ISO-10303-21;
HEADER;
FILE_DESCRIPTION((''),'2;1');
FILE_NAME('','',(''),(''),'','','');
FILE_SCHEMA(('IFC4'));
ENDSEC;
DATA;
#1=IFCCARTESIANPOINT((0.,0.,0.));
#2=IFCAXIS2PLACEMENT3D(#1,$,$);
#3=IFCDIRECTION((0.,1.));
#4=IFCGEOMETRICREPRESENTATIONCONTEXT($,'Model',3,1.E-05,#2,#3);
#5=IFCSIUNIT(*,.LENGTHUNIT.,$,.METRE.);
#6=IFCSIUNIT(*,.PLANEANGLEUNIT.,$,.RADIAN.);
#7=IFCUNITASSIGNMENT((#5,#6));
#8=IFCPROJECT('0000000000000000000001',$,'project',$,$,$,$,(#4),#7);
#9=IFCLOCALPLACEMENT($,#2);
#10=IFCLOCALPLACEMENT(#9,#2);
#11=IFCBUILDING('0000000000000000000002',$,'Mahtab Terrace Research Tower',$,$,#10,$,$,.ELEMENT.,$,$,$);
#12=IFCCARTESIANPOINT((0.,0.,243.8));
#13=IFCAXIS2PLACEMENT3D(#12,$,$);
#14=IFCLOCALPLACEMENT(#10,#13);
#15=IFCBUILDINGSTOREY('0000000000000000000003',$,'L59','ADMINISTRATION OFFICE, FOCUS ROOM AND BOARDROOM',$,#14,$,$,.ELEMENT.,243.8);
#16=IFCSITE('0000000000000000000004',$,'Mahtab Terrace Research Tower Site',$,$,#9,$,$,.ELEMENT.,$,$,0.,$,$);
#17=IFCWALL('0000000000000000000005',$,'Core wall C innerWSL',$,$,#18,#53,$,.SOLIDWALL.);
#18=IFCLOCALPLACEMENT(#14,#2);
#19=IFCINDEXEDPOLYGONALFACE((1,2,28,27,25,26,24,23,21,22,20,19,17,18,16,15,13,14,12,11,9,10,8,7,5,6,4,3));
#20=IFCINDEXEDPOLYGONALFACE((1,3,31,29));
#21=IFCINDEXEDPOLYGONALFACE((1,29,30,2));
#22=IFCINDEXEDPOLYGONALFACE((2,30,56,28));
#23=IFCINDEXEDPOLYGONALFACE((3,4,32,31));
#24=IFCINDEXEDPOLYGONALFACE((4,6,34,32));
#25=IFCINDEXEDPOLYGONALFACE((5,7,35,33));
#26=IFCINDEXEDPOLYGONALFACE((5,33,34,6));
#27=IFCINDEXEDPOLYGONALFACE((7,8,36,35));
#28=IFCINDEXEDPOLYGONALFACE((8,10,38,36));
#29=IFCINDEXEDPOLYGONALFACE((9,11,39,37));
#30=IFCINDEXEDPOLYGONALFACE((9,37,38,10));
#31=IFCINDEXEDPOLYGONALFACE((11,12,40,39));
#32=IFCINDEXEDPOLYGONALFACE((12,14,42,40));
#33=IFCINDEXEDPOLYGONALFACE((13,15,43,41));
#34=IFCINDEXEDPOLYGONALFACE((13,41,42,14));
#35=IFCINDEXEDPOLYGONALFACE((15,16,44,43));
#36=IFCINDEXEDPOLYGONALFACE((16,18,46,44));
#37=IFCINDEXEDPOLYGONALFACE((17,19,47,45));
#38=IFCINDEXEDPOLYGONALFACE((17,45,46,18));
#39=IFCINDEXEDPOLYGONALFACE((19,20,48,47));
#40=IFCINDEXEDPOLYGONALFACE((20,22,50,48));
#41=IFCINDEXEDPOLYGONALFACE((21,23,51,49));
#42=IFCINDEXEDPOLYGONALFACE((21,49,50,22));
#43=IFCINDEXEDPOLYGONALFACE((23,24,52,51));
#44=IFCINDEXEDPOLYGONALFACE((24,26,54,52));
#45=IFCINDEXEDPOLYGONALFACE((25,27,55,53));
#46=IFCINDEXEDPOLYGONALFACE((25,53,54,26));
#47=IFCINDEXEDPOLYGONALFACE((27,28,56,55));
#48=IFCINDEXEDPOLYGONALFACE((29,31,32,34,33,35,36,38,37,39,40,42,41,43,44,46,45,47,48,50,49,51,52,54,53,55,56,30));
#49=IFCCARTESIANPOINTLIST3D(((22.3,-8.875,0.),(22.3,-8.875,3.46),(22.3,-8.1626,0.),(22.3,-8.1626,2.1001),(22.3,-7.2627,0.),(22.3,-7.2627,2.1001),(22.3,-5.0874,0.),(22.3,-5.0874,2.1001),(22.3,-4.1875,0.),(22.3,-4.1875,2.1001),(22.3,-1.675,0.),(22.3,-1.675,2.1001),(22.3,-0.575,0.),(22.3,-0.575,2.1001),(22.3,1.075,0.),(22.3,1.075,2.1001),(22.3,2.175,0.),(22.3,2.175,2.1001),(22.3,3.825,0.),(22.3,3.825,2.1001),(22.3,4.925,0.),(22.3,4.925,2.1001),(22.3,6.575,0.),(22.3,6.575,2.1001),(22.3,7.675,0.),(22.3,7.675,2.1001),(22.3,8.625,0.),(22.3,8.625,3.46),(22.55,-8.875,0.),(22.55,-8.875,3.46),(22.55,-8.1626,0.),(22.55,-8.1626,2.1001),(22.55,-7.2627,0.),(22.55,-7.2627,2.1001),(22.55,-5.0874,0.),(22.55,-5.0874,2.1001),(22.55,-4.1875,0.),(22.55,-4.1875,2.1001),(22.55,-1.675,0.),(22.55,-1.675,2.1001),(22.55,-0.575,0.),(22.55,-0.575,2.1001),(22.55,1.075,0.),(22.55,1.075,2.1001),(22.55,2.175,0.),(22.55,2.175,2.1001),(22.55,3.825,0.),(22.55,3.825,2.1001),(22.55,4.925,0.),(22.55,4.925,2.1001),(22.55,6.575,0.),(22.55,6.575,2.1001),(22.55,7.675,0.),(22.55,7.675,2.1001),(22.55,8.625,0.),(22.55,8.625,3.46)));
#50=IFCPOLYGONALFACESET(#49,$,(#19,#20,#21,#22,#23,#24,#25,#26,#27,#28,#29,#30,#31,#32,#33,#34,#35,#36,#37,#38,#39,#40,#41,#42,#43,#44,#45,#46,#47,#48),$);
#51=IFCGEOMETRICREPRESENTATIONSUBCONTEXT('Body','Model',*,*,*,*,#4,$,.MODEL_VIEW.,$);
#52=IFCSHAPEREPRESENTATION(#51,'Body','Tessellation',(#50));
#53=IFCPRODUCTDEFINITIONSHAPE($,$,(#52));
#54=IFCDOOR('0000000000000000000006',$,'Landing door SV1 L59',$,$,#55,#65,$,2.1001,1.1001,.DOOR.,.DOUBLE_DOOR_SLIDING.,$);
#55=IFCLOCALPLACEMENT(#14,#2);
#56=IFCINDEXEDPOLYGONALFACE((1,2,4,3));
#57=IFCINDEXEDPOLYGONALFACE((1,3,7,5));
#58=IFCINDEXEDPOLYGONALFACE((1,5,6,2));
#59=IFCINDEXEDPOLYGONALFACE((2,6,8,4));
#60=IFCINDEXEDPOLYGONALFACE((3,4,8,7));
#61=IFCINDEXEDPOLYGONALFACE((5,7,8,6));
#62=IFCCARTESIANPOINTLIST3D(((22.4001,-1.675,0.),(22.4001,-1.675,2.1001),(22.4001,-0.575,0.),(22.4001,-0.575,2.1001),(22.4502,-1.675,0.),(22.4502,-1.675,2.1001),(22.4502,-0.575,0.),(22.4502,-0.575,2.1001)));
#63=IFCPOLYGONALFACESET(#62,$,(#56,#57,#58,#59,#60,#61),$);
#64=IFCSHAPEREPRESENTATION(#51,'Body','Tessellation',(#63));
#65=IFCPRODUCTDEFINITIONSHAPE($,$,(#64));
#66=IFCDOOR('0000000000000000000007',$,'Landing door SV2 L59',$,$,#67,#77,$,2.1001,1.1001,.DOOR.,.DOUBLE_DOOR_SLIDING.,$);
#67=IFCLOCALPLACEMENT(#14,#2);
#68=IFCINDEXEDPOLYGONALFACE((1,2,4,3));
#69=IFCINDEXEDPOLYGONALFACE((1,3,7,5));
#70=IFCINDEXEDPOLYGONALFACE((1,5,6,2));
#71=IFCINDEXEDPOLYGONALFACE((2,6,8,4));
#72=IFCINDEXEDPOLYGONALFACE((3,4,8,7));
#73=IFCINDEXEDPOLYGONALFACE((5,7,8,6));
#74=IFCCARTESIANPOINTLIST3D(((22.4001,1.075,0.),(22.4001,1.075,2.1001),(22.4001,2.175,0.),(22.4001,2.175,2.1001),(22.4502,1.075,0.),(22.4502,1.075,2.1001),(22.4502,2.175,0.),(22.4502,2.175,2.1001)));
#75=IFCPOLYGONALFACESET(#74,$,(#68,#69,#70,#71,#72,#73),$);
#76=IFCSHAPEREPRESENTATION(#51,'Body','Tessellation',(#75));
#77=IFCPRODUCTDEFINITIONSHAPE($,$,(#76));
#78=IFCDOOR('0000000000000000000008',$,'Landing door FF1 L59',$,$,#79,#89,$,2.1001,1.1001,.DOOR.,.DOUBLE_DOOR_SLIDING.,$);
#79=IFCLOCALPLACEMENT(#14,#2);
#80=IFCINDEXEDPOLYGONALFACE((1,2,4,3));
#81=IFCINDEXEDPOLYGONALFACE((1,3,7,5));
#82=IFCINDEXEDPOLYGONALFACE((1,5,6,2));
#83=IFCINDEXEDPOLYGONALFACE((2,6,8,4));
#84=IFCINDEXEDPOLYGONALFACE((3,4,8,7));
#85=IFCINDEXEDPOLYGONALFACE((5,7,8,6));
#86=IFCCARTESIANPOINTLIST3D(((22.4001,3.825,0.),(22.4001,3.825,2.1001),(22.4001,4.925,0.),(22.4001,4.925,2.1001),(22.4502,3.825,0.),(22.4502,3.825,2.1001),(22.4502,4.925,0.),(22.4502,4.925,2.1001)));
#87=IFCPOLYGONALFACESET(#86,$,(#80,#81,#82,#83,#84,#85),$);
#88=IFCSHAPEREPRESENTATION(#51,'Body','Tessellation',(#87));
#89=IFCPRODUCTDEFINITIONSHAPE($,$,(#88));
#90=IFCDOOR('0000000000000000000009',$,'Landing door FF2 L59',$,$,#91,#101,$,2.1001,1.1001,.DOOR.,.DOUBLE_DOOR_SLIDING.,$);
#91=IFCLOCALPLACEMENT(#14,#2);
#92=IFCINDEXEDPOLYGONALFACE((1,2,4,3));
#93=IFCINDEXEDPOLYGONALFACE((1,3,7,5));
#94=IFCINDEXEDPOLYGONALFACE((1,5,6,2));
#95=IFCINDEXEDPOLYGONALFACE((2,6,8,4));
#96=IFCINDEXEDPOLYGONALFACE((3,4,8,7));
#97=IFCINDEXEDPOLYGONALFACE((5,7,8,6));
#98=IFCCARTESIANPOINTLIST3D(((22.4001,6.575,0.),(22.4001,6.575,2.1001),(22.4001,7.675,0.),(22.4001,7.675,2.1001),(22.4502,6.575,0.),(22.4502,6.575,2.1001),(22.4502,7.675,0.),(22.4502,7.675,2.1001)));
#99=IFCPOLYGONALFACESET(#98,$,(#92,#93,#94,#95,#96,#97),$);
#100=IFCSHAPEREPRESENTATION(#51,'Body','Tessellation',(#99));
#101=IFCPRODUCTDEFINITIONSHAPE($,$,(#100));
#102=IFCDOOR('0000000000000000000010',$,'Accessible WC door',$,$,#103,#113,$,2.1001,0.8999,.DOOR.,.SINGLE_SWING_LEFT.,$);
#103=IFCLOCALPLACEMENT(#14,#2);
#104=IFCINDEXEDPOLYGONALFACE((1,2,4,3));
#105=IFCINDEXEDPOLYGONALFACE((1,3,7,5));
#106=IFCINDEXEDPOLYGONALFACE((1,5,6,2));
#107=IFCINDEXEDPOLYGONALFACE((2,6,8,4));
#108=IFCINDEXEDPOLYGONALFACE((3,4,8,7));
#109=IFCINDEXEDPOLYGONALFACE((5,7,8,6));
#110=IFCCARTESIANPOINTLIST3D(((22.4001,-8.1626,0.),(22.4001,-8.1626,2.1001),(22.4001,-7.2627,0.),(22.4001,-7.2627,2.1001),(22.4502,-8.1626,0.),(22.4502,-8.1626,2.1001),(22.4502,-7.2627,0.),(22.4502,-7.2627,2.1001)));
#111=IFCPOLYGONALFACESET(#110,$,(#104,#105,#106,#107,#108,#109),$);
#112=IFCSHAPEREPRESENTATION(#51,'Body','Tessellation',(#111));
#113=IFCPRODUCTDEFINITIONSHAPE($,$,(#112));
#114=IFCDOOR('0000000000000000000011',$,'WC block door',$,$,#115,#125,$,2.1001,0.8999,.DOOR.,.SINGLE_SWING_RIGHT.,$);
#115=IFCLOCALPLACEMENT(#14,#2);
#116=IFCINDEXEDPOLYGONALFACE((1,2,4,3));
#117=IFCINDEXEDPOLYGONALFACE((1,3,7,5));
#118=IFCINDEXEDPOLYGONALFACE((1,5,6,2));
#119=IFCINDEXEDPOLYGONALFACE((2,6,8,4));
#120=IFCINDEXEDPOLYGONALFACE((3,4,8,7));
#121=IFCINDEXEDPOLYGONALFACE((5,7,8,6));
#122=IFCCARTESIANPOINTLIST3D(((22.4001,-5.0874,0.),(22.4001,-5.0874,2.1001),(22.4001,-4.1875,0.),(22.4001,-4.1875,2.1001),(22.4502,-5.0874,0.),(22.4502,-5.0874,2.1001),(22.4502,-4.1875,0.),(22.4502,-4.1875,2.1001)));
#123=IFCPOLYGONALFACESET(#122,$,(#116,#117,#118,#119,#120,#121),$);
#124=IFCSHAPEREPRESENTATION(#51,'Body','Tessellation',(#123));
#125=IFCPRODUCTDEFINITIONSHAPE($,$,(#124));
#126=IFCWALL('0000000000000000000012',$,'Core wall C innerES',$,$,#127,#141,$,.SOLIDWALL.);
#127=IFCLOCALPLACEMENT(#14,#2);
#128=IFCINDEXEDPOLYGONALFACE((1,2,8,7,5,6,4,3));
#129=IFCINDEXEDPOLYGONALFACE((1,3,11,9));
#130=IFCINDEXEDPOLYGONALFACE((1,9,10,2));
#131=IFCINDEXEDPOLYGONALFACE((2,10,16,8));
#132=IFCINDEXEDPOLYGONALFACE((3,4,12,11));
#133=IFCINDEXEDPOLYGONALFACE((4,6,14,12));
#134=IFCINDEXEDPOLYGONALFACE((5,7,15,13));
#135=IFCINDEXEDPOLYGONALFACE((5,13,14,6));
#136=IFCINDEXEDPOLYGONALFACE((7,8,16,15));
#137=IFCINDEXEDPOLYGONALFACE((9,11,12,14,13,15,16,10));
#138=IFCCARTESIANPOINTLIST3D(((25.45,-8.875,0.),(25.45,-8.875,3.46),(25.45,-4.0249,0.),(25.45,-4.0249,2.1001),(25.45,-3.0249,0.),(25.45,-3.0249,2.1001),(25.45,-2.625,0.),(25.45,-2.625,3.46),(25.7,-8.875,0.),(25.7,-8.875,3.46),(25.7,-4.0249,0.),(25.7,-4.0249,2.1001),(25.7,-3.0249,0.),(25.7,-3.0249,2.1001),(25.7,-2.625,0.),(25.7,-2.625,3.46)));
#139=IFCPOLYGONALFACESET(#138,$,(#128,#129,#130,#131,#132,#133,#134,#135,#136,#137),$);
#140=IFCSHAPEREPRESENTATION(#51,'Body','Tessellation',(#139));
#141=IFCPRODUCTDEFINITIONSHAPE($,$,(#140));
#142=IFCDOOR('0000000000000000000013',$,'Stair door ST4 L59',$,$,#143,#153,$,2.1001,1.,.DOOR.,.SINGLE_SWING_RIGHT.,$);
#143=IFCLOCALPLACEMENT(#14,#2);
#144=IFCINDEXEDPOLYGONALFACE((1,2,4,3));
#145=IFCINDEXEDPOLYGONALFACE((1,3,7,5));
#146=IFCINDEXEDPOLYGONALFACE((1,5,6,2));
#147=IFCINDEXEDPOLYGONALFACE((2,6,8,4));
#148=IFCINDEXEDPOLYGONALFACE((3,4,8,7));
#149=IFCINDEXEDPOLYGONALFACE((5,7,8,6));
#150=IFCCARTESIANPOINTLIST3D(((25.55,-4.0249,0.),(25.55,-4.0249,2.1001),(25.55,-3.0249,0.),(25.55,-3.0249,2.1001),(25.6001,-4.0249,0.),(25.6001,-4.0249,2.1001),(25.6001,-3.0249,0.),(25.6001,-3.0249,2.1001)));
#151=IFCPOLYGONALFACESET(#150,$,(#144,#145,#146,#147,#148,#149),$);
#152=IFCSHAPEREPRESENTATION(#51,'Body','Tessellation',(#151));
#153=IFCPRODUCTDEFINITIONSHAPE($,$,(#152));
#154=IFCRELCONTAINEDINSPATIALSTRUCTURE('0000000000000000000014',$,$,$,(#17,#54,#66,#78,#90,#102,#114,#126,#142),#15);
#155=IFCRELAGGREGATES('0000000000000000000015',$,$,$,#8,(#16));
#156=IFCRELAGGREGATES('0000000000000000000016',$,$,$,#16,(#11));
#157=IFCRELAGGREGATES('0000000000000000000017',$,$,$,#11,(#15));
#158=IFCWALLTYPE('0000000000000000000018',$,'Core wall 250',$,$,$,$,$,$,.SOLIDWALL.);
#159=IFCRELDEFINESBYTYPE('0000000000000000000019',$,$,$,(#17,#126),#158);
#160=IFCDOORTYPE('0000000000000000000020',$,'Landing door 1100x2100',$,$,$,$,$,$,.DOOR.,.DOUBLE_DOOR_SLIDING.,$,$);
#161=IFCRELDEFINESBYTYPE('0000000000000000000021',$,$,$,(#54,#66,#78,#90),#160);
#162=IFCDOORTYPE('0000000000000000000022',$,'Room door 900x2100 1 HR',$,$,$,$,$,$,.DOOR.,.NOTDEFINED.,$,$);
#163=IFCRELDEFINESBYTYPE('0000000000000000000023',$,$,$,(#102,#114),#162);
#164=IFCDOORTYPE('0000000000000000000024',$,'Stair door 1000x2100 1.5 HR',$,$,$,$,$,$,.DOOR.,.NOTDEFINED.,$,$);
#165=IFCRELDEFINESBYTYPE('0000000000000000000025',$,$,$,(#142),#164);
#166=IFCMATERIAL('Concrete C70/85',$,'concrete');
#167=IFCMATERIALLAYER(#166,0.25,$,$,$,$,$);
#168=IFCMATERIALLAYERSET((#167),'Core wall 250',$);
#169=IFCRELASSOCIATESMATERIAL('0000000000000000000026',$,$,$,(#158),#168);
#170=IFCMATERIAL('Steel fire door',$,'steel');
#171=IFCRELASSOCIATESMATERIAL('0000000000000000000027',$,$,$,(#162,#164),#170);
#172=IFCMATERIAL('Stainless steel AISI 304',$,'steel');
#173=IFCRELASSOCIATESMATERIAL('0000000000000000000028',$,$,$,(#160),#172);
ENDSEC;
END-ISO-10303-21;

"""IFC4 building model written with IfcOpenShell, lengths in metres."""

from ifc_helpers import new_model, si_unit, direction, frame, frame_2d, origin, place, context, subcontext, project, spatial, rectangle, extrude, material, layer, layer_set, type_object, element, fill, save


model = new_model("IFC4")

# Units and contexts
model_context = context("Model", 3, precision=1e-05, world=origin(), true_north=direction((0.0, 1.0)))
body_context = subcontext(model_context, "Body", "Model", "MODEL_VIEW")
ifc_project = project(units=[si_unit("LENGTHUNIT", "METRE"), si_unit("PLANEANGLEUNIT", "RADIAN")], contexts=[model_context])

# Site, building, storey
site_placement = place(None, origin())
site = spatial("IfcSite", under=ifc_project, at=site_placement, Name="Mahtab Terrace Research Tower Site", CompositionType="ELEMENT", RefElevation=0.0)
building_placement = place(site_placement, origin())
building = spatial("IfcBuilding", under=site, at=building_placement, Name="Mahtab Terrace Research Tower", CompositionType="ELEMENT")
storey_placement = place(building_placement, frame((0.0, 0.0, 243.8)))
storey = spatial("IfcBuildingStorey", under=building, at=storey_placement, Name="L59", Description="ADMINISTRATION OFFICE, FOCUS ROOM AND BOARDROOM", CompositionType="ELEMENT", Elevation=243.8)

# Shared definitions
ifc_material_1 = material(Name="Concrete C70/85", Category="concrete")

# Shared definitions
ifc_layer_1 = layer(ifc_material_1, 0.25)
ifc_layer_set_1 = layer_set([ifc_layer_1], Name="Core wall 250")
wall_type_1 = type_object("IfcWallType", Name="Core wall 250", PredefinedType="SOLIDWALL", material=ifc_layer_set_1)
ifc_material_2 = material(Name="Steel fire door", Category="steel")
door_type_1 = type_object("IfcDoorType", Name="Room door 900x2100 1 HR", OperationType="NOTDEFINED", PredefinedType="DOOR", material=ifc_material_2)

# Wall, openings, doors
wall_1_placement = place(storey_placement, frame((22.425, -8.875, 0.0), z_axis=(0.0, 0.0, 1.0), x_axis=(0.0, 1.0, 0.0)))
wall_1 = element("IfcWall", 1, at=wall_1_placement, inside=storey, type_object=wall_type_1, Name="Core wall C innerWSL", PredefinedType="SOLIDWALL", context=body_context, shape_type="SweptSolid", body=[
    extrude(rectangle(XDim=17.5, YDim=0.25, at=frame_2d((8.75, 0.0))), origin(), (0.0, 0.0, 1.0), 3.46),
])
opening_1_placement = place(wall_1_placement, frame((7.2, 0.0, 0.0)))
opening_1 = element("IfcOpeningElement", 2, at=opening_1_placement, cuts=wall_1, PredefinedType="OPENING", context=body_context, shape_type="SweptSolid", body=[
    extrude(rectangle(XDim=1.1001, YDim=2.1001, at=frame_2d((0.55, 1.05))), frame((0.0, 0.135, 0.0), z_axis=(0.0, -1.0, 0.0), x_axis=(1.0, 0.0, 0.0)), (0.0, 0.0, 1.0), 0.27),
])
opening_2_placement = place(wall_1_placement, frame((9.95, 0.0, 0.0)))
opening_2 = element("IfcOpeningElement", 3, at=opening_2_placement, cuts=wall_1, PredefinedType="OPENING", context=body_context, shape_type="SweptSolid", body=[
    extrude(rectangle(XDim=1.1001, YDim=2.1001, at=frame_2d((0.55, 1.05))), frame((0.0, 0.135, 0.0), z_axis=(0.0, -1.0, 0.0), x_axis=(1.0, 0.0, 0.0)), (0.0, 0.0, 1.0), 0.27),
])
opening_3_placement = place(wall_1_placement, frame((12.7, 0.0, 0.0)))
opening_3 = element("IfcOpeningElement", 4, at=opening_3_placement, cuts=wall_1, PredefinedType="OPENING", context=body_context, shape_type="SweptSolid", body=[
    extrude(rectangle(XDim=1.1001, YDim=2.1001, at=frame_2d((0.55, 1.05))), frame((0.0, 0.135, 0.0), z_axis=(0.0, -1.0, 0.0), x_axis=(1.0, 0.0, 0.0)), (0.0, 0.0, 1.0), 0.27),
])
opening_4_placement = place(wall_1_placement, frame((15.45, 0.0, 0.0)))
opening_4 = element("IfcOpeningElement", 5, at=opening_4_placement, cuts=wall_1, PredefinedType="OPENING", context=body_context, shape_type="SweptSolid", body=[
    extrude(rectangle(XDim=1.1001, YDim=2.1001, at=frame_2d((0.55, 1.05))), frame((0.0, 0.135, 0.0), z_axis=(0.0, -1.0, 0.0), x_axis=(1.0, 0.0, 0.0)), (0.0, 0.0, 1.0), 0.27),
])
opening_5_placement = place(wall_1_placement, frame((0.7124, 0.0, 0.0)))
opening_5 = element("IfcOpeningElement", 6, at=opening_5_placement, cuts=wall_1, PredefinedType="OPENING", context=body_context, shape_type="SweptSolid", body=[
    extrude(rectangle(XDim=0.8999, YDim=2.1001, at=frame_2d((0.45, 1.05))), frame((0.0, 0.135, 0.0), z_axis=(0.0, -1.0, 0.0), x_axis=(1.0, 0.0, 0.0)), (0.0, 0.0, 1.0), 0.27),
])
opening_6_placement = place(wall_1_placement, frame((3.7876, 0.0, 0.0)))
opening_6 = element("IfcOpeningElement", 7, at=opening_6_placement, cuts=wall_1, PredefinedType="OPENING", context=body_context, shape_type="SweptSolid", body=[
    extrude(rectangle(XDim=0.8999, YDim=2.1001, at=frame_2d((0.45, 1.05))), frame((0.0, 0.135, 0.0), z_axis=(0.0, -1.0, 0.0), x_axis=(1.0, 0.0, 0.0)), (0.0, 0.0, 1.0), 0.27),
])
ifc_material_3 = material(Name="Stainless steel AISI 304", Category="steel")
door_type_2 = type_object("IfcDoorType", Name="Landing door 1100x2100", OperationType="DOUBLE_DOOR_SLIDING", PredefinedType="DOOR", material=ifc_material_3)
door_1_placement = place(opening_1_placement, origin())
door_1 = element("IfcDoor", 8, at=door_1_placement, inside=storey, type_object=door_type_2, Name="Landing door SV1 L59", OperationType="DOUBLE_DOOR_SLIDING", OverallHeight=2.1001, OverallWidth=1.1001, PredefinedType="DOOR", context=body_context, shape_type="SweptSolid", body=[
    extrude(rectangle(XDim=1.1001, YDim=2.1001, at=frame_2d((0.55, 1.05))), frame((0.0, 0.0249, 0.0), z_axis=(0.0, -1.0, 0.0), x_axis=(1.0, 0.0, 0.0)), (0.0, 0.0, 1.0), 0.05),
])
fill(opening_1, door_1)
door_2_placement = place(opening_2_placement, origin())
door_2 = element("IfcDoor", 9, at=door_2_placement, inside=storey, type_object=door_type_2, Name="Landing door SV2 L59", OperationType="DOUBLE_DOOR_SLIDING", OverallHeight=2.1001, OverallWidth=1.1001, PredefinedType="DOOR", context=body_context, shape_type="SweptSolid", body=[
    extrude(rectangle(XDim=1.1001, YDim=2.1001, at=frame_2d((0.55, 1.05))), frame((0.0, 0.0249, 0.0), z_axis=(0.0, -1.0, 0.0), x_axis=(1.0, 0.0, 0.0)), (0.0, 0.0, 1.0), 0.05),
])
fill(opening_2, door_2)
door_3_placement = place(opening_3_placement, origin())
door_3 = element("IfcDoor", 10, at=door_3_placement, inside=storey, type_object=door_type_2, Name="Landing door FF1 L59", OperationType="DOUBLE_DOOR_SLIDING", OverallHeight=2.1001, OverallWidth=1.1001, PredefinedType="DOOR", context=body_context, shape_type="SweptSolid", body=[
    extrude(rectangle(XDim=1.1001, YDim=2.1001, at=frame_2d((0.55, 1.05))), frame((0.0, 0.0249, 0.0), z_axis=(0.0, -1.0, 0.0), x_axis=(1.0, 0.0, 0.0)), (0.0, 0.0, 1.0), 0.05),
])
fill(opening_3, door_3)
door_4_placement = place(opening_4_placement, origin())
door_4 = element("IfcDoor", 11, at=door_4_placement, inside=storey, type_object=door_type_2, Name="Landing door FF2 L59", OperationType="DOUBLE_DOOR_SLIDING", OverallHeight=2.1001, OverallWidth=1.1001, PredefinedType="DOOR", context=body_context, shape_type="SweptSolid", body=[
    extrude(rectangle(XDim=1.1001, YDim=2.1001, at=frame_2d((0.55, 1.05))), frame((0.0, 0.0249, 0.0), z_axis=(0.0, -1.0, 0.0), x_axis=(1.0, 0.0, 0.0)), (0.0, 0.0, 1.0), 0.05),
])
fill(opening_4, door_4)
door_5_placement = place(opening_5_placement, origin())
door_5 = element("IfcDoor", 12, at=door_5_placement, inside=storey, type_object=door_type_1, Name="Accessible WC door", OperationType="SINGLE_SWING_LEFT", OverallHeight=2.1001, OverallWidth=0.8999, PredefinedType="DOOR", context=body_context, shape_type="SweptSolid", body=[
    extrude(rectangle(XDim=0.8999, YDim=2.1001, at=frame_2d((0.45, 1.05))), frame((0.0, 0.0249, 0.0), z_axis=(0.0, -1.0, 0.0), x_axis=(1.0, 0.0, 0.0)), (0.0, 0.0, 1.0), 0.05),
])
fill(opening_5, door_5)
door_6_placement = place(opening_6_placement, origin())
door_6 = element("IfcDoor", 13, at=door_6_placement, inside=storey, type_object=door_type_1, Name="WC block door", OperationType="SINGLE_SWING_RIGHT", OverallHeight=2.1001, OverallWidth=0.8999, PredefinedType="DOOR", context=body_context, shape_type="SweptSolid", body=[
    extrude(rectangle(XDim=0.8999, YDim=2.1001, at=frame_2d((0.45, 1.05))), frame((0.0, 0.0249, 0.0), z_axis=(0.0, -1.0, 0.0), x_axis=(1.0, 0.0, 0.0)), (0.0, 0.0, 1.0), 0.05),
])
fill(opening_6, door_6)

# Wall, opening, door
wall_2_placement = place(storey_placement, frame((25.575, -8.875, 0.0), z_axis=(0.0, 0.0, 1.0), x_axis=(0.0, 1.0, 0.0)))
wall_2 = element("IfcWall", 14, at=wall_2_placement, inside=storey, type_object=wall_type_1, Name="Core wall C innerES", PredefinedType="SOLIDWALL", context=body_context, shape_type="SweptSolid", body=[
    extrude(rectangle(XDim=6.25, YDim=0.25, at=frame_2d((3.125, 0.0))), origin(), (0.0, 0.0, 1.0), 3.46),
])
opening_7_placement = place(wall_2_placement, frame((4.8501, 0.0, 0.0)))
opening_7 = element("IfcOpeningElement", 15, at=opening_7_placement, cuts=wall_2, PredefinedType="OPENING", context=body_context, shape_type="SweptSolid", body=[
    extrude(rectangle(XDim=1.0, YDim=2.1001, at=frame_2d((0.5, 1.05))), frame((0.0, 0.135, 0.0), z_axis=(0.0, -1.0, 0.0), x_axis=(1.0, 0.0, 0.0)), (0.0, 0.0, 1.0), 0.27),
])
door_type_3 = type_object("IfcDoorType", Name="Stair door 1000x2100 1.5 HR", OperationType="NOTDEFINED", PredefinedType="DOOR", material=ifc_material_2)
door_7_placement = place(opening_7_placement, origin())
door_7 = element("IfcDoor", 16, at=door_7_placement, inside=storey, type_object=door_type_3, Name="Stair door ST4 L59", OperationType="SINGLE_SWING_RIGHT", OverallHeight=2.1001, OverallWidth=1.0, PredefinedType="DOOR", context=body_context, shape_type="SweptSolid", body=[
    extrude(rectangle(XDim=1.0, YDim=2.1001, at=frame_2d((0.5, 1.05))), frame((0.0, 0.0249, 0.0), z_axis=(0.0, -1.0, 0.0), x_axis=(1.0, 0.0, 0.0)), (0.0, 0.0, 1.0), 0.05),
])
fill(opening_7, door_7)

save(model, "model.ifc")
